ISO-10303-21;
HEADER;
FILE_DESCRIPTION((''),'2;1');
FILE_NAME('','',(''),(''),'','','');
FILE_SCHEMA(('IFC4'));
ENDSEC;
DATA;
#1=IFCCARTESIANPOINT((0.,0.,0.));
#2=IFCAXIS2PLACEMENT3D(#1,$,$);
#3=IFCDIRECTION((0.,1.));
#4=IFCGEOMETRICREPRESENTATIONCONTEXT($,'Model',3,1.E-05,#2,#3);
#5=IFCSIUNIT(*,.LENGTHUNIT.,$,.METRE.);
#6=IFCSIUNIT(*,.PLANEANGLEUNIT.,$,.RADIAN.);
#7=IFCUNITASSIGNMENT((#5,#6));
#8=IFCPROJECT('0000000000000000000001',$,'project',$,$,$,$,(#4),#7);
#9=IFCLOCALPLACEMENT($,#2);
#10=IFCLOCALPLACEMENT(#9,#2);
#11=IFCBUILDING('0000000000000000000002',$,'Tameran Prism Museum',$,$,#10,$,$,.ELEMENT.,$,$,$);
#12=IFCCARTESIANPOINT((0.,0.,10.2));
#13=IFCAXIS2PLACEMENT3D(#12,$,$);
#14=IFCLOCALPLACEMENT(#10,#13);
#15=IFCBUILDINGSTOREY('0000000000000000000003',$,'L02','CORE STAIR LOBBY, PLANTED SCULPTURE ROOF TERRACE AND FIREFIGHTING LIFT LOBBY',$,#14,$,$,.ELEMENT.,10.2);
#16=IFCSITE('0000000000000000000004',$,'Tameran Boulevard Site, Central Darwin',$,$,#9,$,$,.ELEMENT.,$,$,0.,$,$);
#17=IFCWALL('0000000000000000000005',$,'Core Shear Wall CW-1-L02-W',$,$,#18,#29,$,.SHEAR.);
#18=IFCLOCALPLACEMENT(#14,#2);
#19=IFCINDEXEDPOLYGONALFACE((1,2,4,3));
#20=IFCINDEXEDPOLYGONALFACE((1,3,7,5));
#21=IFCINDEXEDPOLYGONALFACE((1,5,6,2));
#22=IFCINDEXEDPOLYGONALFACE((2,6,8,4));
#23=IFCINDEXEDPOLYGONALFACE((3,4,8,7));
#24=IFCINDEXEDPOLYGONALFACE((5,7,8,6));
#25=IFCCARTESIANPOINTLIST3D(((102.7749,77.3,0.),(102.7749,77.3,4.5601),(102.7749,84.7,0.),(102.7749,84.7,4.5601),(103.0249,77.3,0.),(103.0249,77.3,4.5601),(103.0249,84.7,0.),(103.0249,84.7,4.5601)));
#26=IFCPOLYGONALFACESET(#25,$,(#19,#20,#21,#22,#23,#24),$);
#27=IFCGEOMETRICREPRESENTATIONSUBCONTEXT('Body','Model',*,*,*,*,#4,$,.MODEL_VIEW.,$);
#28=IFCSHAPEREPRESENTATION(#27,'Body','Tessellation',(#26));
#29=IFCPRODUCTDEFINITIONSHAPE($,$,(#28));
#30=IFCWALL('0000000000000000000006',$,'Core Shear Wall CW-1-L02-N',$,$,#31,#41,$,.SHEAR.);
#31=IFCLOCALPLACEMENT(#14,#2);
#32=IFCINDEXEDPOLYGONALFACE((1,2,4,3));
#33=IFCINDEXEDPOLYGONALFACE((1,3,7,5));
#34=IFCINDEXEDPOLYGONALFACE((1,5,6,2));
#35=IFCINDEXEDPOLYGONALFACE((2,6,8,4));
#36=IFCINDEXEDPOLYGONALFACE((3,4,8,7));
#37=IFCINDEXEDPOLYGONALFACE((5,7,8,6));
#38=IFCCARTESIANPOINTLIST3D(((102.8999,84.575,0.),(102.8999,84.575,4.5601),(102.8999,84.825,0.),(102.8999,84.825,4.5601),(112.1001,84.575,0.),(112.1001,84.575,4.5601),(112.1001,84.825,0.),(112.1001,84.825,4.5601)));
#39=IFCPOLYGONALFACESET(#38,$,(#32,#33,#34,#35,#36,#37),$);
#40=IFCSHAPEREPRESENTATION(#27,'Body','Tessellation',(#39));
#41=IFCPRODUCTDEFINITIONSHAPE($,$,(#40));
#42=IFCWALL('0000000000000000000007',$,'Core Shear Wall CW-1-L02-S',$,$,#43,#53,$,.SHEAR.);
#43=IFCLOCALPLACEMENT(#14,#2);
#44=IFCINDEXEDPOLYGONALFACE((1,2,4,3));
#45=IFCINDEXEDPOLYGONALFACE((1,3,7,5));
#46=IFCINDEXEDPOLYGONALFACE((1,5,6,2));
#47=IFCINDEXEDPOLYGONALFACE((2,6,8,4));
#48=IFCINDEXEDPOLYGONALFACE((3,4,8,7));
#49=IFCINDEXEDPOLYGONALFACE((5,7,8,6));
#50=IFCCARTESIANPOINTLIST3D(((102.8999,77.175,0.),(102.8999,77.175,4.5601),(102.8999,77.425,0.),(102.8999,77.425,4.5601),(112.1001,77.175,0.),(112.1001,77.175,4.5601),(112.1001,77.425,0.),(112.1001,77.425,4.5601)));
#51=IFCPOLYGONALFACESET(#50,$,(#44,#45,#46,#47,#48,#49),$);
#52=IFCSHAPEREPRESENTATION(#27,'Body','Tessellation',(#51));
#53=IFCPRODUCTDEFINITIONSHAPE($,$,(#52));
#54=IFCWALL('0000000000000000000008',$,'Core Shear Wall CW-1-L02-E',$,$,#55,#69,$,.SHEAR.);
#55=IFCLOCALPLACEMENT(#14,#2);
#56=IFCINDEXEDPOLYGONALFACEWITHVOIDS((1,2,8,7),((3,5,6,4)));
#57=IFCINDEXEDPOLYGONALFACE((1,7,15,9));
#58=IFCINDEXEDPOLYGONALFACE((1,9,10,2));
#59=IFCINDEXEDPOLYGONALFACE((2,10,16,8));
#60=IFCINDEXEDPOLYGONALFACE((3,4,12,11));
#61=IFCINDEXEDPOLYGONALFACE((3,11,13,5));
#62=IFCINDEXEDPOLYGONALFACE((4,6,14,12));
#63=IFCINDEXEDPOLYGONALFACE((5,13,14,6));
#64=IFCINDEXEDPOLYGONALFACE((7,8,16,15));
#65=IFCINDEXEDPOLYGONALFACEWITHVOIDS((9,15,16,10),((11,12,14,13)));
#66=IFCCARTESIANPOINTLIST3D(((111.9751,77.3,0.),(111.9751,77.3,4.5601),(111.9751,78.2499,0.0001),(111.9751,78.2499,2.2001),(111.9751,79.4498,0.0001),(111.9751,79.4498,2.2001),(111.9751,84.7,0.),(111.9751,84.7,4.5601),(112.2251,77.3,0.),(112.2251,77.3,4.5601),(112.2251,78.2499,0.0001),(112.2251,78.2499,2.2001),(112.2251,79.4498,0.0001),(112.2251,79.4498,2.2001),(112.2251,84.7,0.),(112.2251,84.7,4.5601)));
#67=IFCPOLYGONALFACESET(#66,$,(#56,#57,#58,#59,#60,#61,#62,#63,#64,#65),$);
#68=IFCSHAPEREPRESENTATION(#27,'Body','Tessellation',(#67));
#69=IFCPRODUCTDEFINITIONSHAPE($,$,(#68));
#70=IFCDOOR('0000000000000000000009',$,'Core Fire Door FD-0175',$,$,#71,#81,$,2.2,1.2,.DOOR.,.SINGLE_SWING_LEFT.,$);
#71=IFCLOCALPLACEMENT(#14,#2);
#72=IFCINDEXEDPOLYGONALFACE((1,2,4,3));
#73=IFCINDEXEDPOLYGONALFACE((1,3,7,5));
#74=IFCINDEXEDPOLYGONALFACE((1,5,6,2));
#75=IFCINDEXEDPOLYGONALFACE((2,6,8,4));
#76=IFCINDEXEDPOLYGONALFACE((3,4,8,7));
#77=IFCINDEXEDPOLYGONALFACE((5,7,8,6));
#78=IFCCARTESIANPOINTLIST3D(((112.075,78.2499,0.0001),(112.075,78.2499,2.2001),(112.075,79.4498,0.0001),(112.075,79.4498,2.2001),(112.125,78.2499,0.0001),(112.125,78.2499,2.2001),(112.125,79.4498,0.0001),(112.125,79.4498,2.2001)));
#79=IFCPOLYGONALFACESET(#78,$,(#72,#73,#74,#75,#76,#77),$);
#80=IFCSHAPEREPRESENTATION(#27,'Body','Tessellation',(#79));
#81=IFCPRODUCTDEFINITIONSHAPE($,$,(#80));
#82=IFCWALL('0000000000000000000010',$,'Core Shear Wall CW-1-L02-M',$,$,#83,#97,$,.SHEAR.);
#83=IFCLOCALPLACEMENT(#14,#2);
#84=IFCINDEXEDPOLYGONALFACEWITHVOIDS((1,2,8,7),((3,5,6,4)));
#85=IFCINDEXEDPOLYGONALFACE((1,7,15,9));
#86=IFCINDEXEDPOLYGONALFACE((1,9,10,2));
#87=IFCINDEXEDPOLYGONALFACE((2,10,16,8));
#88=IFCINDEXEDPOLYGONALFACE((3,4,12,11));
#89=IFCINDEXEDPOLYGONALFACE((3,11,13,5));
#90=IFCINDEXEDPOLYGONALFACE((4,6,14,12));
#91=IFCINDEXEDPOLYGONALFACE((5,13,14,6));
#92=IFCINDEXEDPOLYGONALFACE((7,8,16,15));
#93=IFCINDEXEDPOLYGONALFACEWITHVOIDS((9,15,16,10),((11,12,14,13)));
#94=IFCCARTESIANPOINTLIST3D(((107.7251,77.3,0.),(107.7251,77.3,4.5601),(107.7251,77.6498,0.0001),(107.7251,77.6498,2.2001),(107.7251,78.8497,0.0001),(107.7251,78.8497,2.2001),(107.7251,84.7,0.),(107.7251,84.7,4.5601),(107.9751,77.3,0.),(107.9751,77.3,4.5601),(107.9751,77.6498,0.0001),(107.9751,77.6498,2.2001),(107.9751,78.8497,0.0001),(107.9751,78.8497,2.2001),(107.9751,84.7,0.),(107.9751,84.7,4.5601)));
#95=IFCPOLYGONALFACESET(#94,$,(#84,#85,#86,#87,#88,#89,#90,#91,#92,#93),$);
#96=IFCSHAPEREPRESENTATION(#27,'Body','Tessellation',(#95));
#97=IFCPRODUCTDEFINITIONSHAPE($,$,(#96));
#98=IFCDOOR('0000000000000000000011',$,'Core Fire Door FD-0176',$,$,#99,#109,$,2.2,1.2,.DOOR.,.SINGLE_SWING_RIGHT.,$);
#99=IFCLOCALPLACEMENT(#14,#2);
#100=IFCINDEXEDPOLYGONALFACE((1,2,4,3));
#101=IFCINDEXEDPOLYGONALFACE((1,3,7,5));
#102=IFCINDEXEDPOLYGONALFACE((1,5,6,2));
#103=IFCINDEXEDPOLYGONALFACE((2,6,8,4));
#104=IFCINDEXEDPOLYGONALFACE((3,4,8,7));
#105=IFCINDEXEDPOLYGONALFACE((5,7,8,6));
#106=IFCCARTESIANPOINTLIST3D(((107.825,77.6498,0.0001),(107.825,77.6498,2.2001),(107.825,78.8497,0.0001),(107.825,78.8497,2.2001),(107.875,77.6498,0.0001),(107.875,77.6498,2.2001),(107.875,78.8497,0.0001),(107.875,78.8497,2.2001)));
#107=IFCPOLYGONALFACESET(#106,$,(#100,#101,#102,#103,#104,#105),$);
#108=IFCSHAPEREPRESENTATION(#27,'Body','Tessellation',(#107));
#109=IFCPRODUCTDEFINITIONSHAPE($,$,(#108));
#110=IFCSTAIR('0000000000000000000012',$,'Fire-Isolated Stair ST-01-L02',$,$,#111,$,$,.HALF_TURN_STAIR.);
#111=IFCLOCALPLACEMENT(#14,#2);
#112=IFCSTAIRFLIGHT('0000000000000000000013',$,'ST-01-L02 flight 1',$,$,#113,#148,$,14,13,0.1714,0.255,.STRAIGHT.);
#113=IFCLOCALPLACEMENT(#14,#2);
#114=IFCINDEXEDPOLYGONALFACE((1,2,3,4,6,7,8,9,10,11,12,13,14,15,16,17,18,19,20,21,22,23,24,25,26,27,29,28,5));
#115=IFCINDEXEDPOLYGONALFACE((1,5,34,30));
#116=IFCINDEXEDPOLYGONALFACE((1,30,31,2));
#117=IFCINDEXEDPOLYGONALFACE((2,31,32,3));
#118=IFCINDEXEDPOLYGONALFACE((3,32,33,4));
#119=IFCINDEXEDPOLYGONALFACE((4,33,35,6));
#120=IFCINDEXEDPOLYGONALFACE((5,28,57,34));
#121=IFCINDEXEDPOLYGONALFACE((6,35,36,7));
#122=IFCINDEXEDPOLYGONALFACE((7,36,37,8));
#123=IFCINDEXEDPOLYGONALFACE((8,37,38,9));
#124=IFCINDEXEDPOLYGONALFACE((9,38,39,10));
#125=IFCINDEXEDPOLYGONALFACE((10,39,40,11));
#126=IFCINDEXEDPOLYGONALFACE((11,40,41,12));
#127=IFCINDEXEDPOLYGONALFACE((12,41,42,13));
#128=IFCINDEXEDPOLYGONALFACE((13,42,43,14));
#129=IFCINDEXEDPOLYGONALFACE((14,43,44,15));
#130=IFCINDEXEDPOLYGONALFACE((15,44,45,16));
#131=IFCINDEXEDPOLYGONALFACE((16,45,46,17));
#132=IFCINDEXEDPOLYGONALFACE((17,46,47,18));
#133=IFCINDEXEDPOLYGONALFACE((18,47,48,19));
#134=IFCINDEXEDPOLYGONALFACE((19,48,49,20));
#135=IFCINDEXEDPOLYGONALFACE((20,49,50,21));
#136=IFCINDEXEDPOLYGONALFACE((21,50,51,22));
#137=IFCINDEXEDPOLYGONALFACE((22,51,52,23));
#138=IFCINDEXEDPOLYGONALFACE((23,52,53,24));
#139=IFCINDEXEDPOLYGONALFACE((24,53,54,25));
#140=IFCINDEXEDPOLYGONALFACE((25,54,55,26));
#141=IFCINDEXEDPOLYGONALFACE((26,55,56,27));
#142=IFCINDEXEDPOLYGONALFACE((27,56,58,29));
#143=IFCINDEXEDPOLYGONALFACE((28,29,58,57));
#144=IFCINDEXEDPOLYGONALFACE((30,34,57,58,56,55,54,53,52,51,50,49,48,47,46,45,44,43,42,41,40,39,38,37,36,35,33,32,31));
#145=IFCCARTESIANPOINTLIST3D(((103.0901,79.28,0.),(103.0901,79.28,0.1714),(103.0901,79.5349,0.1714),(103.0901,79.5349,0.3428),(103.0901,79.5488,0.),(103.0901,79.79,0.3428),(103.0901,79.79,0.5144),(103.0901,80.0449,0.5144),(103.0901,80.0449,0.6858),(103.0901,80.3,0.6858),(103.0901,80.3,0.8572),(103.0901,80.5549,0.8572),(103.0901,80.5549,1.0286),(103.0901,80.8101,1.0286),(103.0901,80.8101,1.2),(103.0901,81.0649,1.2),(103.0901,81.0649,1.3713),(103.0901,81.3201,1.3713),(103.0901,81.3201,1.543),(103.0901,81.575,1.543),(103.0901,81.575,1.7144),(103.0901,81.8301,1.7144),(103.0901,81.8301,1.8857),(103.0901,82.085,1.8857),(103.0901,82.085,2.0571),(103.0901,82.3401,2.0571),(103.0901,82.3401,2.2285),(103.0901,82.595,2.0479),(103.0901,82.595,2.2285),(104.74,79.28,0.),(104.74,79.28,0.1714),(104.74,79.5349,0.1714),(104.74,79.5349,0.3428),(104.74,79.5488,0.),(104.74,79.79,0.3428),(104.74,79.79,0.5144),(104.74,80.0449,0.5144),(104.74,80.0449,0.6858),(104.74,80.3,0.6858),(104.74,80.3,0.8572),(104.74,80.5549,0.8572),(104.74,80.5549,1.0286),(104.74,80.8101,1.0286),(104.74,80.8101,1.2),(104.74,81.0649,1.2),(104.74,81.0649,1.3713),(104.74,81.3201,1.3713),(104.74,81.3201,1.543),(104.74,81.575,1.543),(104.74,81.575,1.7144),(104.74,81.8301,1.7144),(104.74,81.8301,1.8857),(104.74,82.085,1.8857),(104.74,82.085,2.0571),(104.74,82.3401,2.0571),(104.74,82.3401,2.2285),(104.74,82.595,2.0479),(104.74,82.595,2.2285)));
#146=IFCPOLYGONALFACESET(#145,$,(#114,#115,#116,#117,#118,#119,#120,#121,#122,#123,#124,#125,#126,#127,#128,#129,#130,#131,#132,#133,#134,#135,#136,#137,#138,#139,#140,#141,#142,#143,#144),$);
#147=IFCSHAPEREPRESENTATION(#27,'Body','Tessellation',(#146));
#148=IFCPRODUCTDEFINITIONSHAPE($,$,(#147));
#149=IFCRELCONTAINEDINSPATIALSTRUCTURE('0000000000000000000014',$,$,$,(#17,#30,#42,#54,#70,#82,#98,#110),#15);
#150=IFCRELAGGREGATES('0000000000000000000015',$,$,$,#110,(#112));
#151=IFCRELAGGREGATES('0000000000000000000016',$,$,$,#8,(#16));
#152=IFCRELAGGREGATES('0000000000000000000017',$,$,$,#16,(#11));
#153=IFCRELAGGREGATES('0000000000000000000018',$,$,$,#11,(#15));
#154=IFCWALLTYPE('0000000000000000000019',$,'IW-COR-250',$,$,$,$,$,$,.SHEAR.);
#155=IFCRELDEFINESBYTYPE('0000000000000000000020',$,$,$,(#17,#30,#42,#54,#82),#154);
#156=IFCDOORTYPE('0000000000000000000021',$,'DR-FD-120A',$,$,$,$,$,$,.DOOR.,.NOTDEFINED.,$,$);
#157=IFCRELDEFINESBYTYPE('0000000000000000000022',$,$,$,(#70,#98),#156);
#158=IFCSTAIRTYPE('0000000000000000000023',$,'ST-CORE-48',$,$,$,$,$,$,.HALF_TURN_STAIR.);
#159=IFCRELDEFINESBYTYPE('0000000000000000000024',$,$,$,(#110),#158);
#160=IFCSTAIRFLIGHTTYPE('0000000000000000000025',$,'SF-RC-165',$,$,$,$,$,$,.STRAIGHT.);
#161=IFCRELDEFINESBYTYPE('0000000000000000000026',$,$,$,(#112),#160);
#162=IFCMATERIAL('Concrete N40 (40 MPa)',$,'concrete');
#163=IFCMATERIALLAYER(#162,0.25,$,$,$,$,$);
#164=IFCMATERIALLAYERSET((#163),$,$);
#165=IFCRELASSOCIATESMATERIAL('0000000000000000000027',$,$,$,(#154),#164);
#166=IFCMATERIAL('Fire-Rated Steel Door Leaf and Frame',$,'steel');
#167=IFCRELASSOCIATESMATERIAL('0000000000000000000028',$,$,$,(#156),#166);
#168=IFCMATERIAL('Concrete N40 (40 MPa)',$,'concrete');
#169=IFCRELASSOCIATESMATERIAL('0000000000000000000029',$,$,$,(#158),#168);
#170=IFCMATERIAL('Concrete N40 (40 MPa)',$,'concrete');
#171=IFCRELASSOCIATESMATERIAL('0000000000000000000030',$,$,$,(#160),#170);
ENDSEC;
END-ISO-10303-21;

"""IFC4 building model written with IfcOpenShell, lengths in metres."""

from ifc_helpers import new_model, si_unit, direction, frame, frame_2d, origin, place, context, subcontext, project, spatial, polyline, rectangle, outline, extrude, material, layer, layer_set, type_object, element, fill, aggregate, save


model = new_model("IFC4")

# Units and contexts
model_context = context("Model", 3, precision=1e-05, world=origin(), true_north=direction((0.0, 1.0)))
body_context = subcontext(model_context, "Body", "Model", "MODEL_VIEW")
ifc_project = project(units=[si_unit("LENGTHUNIT", "METRE"), si_unit("PLANEANGLEUNIT", "RADIAN")], contexts=[model_context])

# Site, building, storey
site_placement = place(None, origin())
site = spatial("IfcSite", under=ifc_project, at=site_placement, Name="Tameran Boulevard Site, Central Darwin", CompositionType="ELEMENT", RefElevation=0.0)
building_placement = place(site_placement, origin())
building = spatial("IfcBuilding", under=site, at=building_placement, Name="Tameran Prism Museum", CompositionType="ELEMENT")
storey_placement = place(building_placement, frame((0.0, 0.0, 10.2)))
storey = spatial("IfcBuildingStorey", under=building, at=storey_placement, Name="L02", Description="CORE STAIR LOBBY, PLANTED SCULPTURE ROOF TERRACE AND FIREFIGHTING LIFT LOBBY", CompositionType="ELEMENT", Elevation=10.2)

# Walls
ifc_material_1 = material(Name="Concrete N40 (40 MPa)", Category="concrete")
ifc_layer_1 = layer(ifc_material_1, 0.25)
ifc_layer_set_1 = layer_set([ifc_layer_1])
wall_type_1 = type_object("IfcWallType", Name="IW-COR-250", PredefinedType="SHEAR", material=ifc_layer_set_1)
wall_1_placement = place(storey_placement, frame((102.8999, 77.3, 0.0), z_axis=(0.0, 0.0, 1.0), x_axis=(0.0, 1.0, 0.0)))
element("IfcWall", 1, at=wall_1_placement, inside=storey, type_object=wall_type_1, Name="Core Shear Wall CW-1-L02-W", PredefinedType="SHEAR", context=body_context, shape_type="SweptSolid", body=[
    extrude(rectangle(XDim=7.3999, YDim=0.25, at=frame_2d((3.7, 0.0))), origin(), (0.0, 0.0, 1.0), 4.5601),
])
for number, where, z_axis, x_axis, name in (
    (2, (102.8999, 84.7, 0.0), (0.0, 0.0, 1.0), (1.0, 0.0, 0.0), "Core Shear Wall CW-1-L02-N"),
    (3, (112.1001, 77.3, 0.0), (0.0, 0.0, 1.0), (-1.0, 0.0, 0.0), "Core Shear Wall CW-1-L02-S"),
):
    element("IfcWall", number, at=place(storey_placement, frame(where, z_axis=z_axis, x_axis=x_axis)), inside=storey, type_object=wall_type_1, Name=name, PredefinedType="SHEAR", context=body_context, shape_type="SweptSolid", body=[
        extrude(rectangle(XDim=9.2002, YDim=0.25, at=frame_2d((4.6001, 0.0))), origin(), (0.0, 0.0, 1.0), 4.5601),
    ])

# Walls, openings, doors
wall_2_placement = place(storey_placement, frame((112.1001, 84.7, 0.0), z_axis=(0.0, 0.0, 1.0), x_axis=(0.0, -1.0, 0.0)))
wall_2 = element("IfcWall", 4, at=wall_2_placement, inside=storey, type_object=wall_type_1, Name="Core Shear Wall CW-1-L02-E", PredefinedType="SHEAR", context=body_context, shape_type="SweptSolid", body=[
    extrude(rectangle(XDim=7.3999, YDim=0.25, at=frame_2d((3.7, 0.0))), origin(), (0.0, 0.0, 1.0), 4.5601),
])
opening_1_placement = place(wall_2_placement, frame((5.25, 0.0, 0.0)))
opening_1 = element("IfcOpeningElement", 5, at=opening_1_placement, cuts=wall_2, PredefinedType="OPENING", context=body_context, shape_type="SweptSolid", body=[
    extrude(rectangle(XDim=1.2, YDim=2.2, at=frame_2d((0.6001, 1.1001))), frame((0.0, 0.135, 0.0), z_axis=(0.0, -1.0, 0.0), x_axis=(1.0, 0.0, 0.0)), (0.0, 0.0, 1.0), 0.27),
])
ifc_material_2 = material(Name="Fire-Rated Steel Door Leaf and Frame", Category="steel")
door_type = type_object("IfcDoorType", Name="DR-FD-120A", OperationType="NOTDEFINED", PredefinedType="DOOR", material=ifc_material_2)
door_1_placement = place(opening_1_placement, origin())
door_1 = element("IfcDoor", 6, at=door_1_placement, inside=storey, type_object=door_type, Name="Core Fire Door FD-0175", OperationType="SINGLE_SWING_LEFT", OverallHeight=2.2, OverallWidth=1.2, PredefinedType="DOOR", context=body_context, shape_type="SweptSolid", body=[
    extrude(rectangle(XDim=1.2, YDim=2.2, at=frame_2d((0.6001, 1.1001))), frame((0.0, 0.0249, 0.0), z_axis=(0.0, -1.0, 0.0), x_axis=(1.0, 0.0, 0.0)), (0.0, 0.0, 1.0), 0.05),
])
fill(opening_1, door_1)
wall_3_placement = place(storey_placement, frame((107.8501, 84.7, 0.0), z_axis=(0.0, 0.0, 1.0), x_axis=(0.0, -1.0, 0.0)))
wall_3 = element("IfcWall", 7, at=wall_3_placement, inside=storey, type_object=wall_type_1, Name="Core Shear Wall CW-1-L02-M", PredefinedType="SHEAR", context=body_context, shape_type="SweptSolid", body=[
    extrude(rectangle(XDim=7.3999, YDim=0.25, at=frame_2d((3.7, 0.0))), origin(), (0.0, 0.0, 1.0), 4.5601),
])
opening_2_placement = place(wall_3_placement, frame((5.8501, 0.0, 0.0)))
opening_2 = element("IfcOpeningElement", 8, at=opening_2_placement, cuts=wall_3, PredefinedType="OPENING", context=body_context, shape_type="SweptSolid", body=[
    extrude(rectangle(XDim=1.2, YDim=2.2, at=frame_2d((0.6001, 1.1001))), frame((0.0, 0.135, 0.0), z_axis=(0.0, -1.0, 0.0), x_axis=(1.0, 0.0, 0.0)), (0.0, 0.0, 1.0), 0.27),
])
door_2_placement = place(opening_2_placement, origin())
door_2 = element("IfcDoor", 9, at=door_2_placement, inside=storey, type_object=door_type, Name="Core Fire Door FD-0176", OperationType="SINGLE_SWING_RIGHT", OverallHeight=2.2, OverallWidth=1.2, PredefinedType="DOOR", context=body_context, shape_type="SweptSolid", body=[
    extrude(rectangle(XDim=1.2, YDim=2.2, at=frame_2d((0.6001, 1.1001))), frame((0.0, 0.0249, 0.0), z_axis=(0.0, -1.0, 0.0), x_axis=(1.0, 0.0, 0.0)), (0.0, 0.0, 1.0), 0.05),
])
fill(opening_2, door_2)

# Stair, stair flight
ifc_material_3 = material(Name="Concrete N40 (40 MPa)", Category="concrete")
stair_type = type_object("IfcStairType", Name="ST-CORE-48", PredefinedType="HALF_TURN_STAIR", material=ifc_material_3)
stair_placement = place(storey_placement, origin())
stair = element("IfcStair", 10, at=stair_placement, inside=storey, type_object=stair_type, Name="Fire-Isolated Stair ST-01-L02", PredefinedType="HALF_TURN_STAIR")
ifc_material_4 = material(Name="Concrete N40 (40 MPa)", Category="concrete")
stair_flight_type = type_object("IfcStairFlightType", Name="SF-RC-165", PredefinedType="STRAIGHT", material=ifc_material_4)
stair_flight_1_placement = place(storey_placement, frame((103.915, 79.28, 0.0), z_axis=(0.0, 0.0, 1.0), x_axis=(0.0, 1.0, 0.0)))
stair_flight_1 = element("IfcStairFlight", 11, at=stair_flight_1_placement, type_object=stair_flight_type, Name="ST-01-L02 flight 1", NumberOfRisers=14, NumberOfTreads=13, PredefinedType="STRAIGHT", RiserHeight=0.1714, TreadLength=0.255, context=body_context, shape_type="SweptSolid", body=[
    extrude(outline(polyline([(0.0, 0.0), (0.0, 0.1714), (0.2549, 0.1714), (0.2549, 0.3428), (0.51, 0.3428), (0.51, 0.5144), (0.7649, 0.5144), (0.7649, 0.6858), (1.02, 0.6858), (1.02, 0.8572), (1.2749, 0.8572), (1.2749, 1.0286), (1.53, 1.0286), (1.53, 1.2), (1.7849, 1.2), (1.7849, 1.3713), (2.04, 1.3713), (2.04, 1.543), (2.2949, 1.543), (2.2949, 1.7144), (2.55, 1.7144), (2.55, 1.8857), (2.8049, 1.8857), (2.8049, 2.0571), (3.0601, 2.0571), (3.0601, 2.2285), (3.3149, 2.2285), (3.3149, 2.3999), (3.3149, 2.0479), (0.2688, 0.0), (0.0, 0.0)])), frame((0.0, 0.825, 0.0), z_axis=(0.0, -1.0, 0.0), x_axis=(1.0, 0.0, 0.0)), (0.0, 0.0, 1.0), 1.6499),
])
aggregate(stair, [stair_flight_1])

save(model, "model.ifc")
